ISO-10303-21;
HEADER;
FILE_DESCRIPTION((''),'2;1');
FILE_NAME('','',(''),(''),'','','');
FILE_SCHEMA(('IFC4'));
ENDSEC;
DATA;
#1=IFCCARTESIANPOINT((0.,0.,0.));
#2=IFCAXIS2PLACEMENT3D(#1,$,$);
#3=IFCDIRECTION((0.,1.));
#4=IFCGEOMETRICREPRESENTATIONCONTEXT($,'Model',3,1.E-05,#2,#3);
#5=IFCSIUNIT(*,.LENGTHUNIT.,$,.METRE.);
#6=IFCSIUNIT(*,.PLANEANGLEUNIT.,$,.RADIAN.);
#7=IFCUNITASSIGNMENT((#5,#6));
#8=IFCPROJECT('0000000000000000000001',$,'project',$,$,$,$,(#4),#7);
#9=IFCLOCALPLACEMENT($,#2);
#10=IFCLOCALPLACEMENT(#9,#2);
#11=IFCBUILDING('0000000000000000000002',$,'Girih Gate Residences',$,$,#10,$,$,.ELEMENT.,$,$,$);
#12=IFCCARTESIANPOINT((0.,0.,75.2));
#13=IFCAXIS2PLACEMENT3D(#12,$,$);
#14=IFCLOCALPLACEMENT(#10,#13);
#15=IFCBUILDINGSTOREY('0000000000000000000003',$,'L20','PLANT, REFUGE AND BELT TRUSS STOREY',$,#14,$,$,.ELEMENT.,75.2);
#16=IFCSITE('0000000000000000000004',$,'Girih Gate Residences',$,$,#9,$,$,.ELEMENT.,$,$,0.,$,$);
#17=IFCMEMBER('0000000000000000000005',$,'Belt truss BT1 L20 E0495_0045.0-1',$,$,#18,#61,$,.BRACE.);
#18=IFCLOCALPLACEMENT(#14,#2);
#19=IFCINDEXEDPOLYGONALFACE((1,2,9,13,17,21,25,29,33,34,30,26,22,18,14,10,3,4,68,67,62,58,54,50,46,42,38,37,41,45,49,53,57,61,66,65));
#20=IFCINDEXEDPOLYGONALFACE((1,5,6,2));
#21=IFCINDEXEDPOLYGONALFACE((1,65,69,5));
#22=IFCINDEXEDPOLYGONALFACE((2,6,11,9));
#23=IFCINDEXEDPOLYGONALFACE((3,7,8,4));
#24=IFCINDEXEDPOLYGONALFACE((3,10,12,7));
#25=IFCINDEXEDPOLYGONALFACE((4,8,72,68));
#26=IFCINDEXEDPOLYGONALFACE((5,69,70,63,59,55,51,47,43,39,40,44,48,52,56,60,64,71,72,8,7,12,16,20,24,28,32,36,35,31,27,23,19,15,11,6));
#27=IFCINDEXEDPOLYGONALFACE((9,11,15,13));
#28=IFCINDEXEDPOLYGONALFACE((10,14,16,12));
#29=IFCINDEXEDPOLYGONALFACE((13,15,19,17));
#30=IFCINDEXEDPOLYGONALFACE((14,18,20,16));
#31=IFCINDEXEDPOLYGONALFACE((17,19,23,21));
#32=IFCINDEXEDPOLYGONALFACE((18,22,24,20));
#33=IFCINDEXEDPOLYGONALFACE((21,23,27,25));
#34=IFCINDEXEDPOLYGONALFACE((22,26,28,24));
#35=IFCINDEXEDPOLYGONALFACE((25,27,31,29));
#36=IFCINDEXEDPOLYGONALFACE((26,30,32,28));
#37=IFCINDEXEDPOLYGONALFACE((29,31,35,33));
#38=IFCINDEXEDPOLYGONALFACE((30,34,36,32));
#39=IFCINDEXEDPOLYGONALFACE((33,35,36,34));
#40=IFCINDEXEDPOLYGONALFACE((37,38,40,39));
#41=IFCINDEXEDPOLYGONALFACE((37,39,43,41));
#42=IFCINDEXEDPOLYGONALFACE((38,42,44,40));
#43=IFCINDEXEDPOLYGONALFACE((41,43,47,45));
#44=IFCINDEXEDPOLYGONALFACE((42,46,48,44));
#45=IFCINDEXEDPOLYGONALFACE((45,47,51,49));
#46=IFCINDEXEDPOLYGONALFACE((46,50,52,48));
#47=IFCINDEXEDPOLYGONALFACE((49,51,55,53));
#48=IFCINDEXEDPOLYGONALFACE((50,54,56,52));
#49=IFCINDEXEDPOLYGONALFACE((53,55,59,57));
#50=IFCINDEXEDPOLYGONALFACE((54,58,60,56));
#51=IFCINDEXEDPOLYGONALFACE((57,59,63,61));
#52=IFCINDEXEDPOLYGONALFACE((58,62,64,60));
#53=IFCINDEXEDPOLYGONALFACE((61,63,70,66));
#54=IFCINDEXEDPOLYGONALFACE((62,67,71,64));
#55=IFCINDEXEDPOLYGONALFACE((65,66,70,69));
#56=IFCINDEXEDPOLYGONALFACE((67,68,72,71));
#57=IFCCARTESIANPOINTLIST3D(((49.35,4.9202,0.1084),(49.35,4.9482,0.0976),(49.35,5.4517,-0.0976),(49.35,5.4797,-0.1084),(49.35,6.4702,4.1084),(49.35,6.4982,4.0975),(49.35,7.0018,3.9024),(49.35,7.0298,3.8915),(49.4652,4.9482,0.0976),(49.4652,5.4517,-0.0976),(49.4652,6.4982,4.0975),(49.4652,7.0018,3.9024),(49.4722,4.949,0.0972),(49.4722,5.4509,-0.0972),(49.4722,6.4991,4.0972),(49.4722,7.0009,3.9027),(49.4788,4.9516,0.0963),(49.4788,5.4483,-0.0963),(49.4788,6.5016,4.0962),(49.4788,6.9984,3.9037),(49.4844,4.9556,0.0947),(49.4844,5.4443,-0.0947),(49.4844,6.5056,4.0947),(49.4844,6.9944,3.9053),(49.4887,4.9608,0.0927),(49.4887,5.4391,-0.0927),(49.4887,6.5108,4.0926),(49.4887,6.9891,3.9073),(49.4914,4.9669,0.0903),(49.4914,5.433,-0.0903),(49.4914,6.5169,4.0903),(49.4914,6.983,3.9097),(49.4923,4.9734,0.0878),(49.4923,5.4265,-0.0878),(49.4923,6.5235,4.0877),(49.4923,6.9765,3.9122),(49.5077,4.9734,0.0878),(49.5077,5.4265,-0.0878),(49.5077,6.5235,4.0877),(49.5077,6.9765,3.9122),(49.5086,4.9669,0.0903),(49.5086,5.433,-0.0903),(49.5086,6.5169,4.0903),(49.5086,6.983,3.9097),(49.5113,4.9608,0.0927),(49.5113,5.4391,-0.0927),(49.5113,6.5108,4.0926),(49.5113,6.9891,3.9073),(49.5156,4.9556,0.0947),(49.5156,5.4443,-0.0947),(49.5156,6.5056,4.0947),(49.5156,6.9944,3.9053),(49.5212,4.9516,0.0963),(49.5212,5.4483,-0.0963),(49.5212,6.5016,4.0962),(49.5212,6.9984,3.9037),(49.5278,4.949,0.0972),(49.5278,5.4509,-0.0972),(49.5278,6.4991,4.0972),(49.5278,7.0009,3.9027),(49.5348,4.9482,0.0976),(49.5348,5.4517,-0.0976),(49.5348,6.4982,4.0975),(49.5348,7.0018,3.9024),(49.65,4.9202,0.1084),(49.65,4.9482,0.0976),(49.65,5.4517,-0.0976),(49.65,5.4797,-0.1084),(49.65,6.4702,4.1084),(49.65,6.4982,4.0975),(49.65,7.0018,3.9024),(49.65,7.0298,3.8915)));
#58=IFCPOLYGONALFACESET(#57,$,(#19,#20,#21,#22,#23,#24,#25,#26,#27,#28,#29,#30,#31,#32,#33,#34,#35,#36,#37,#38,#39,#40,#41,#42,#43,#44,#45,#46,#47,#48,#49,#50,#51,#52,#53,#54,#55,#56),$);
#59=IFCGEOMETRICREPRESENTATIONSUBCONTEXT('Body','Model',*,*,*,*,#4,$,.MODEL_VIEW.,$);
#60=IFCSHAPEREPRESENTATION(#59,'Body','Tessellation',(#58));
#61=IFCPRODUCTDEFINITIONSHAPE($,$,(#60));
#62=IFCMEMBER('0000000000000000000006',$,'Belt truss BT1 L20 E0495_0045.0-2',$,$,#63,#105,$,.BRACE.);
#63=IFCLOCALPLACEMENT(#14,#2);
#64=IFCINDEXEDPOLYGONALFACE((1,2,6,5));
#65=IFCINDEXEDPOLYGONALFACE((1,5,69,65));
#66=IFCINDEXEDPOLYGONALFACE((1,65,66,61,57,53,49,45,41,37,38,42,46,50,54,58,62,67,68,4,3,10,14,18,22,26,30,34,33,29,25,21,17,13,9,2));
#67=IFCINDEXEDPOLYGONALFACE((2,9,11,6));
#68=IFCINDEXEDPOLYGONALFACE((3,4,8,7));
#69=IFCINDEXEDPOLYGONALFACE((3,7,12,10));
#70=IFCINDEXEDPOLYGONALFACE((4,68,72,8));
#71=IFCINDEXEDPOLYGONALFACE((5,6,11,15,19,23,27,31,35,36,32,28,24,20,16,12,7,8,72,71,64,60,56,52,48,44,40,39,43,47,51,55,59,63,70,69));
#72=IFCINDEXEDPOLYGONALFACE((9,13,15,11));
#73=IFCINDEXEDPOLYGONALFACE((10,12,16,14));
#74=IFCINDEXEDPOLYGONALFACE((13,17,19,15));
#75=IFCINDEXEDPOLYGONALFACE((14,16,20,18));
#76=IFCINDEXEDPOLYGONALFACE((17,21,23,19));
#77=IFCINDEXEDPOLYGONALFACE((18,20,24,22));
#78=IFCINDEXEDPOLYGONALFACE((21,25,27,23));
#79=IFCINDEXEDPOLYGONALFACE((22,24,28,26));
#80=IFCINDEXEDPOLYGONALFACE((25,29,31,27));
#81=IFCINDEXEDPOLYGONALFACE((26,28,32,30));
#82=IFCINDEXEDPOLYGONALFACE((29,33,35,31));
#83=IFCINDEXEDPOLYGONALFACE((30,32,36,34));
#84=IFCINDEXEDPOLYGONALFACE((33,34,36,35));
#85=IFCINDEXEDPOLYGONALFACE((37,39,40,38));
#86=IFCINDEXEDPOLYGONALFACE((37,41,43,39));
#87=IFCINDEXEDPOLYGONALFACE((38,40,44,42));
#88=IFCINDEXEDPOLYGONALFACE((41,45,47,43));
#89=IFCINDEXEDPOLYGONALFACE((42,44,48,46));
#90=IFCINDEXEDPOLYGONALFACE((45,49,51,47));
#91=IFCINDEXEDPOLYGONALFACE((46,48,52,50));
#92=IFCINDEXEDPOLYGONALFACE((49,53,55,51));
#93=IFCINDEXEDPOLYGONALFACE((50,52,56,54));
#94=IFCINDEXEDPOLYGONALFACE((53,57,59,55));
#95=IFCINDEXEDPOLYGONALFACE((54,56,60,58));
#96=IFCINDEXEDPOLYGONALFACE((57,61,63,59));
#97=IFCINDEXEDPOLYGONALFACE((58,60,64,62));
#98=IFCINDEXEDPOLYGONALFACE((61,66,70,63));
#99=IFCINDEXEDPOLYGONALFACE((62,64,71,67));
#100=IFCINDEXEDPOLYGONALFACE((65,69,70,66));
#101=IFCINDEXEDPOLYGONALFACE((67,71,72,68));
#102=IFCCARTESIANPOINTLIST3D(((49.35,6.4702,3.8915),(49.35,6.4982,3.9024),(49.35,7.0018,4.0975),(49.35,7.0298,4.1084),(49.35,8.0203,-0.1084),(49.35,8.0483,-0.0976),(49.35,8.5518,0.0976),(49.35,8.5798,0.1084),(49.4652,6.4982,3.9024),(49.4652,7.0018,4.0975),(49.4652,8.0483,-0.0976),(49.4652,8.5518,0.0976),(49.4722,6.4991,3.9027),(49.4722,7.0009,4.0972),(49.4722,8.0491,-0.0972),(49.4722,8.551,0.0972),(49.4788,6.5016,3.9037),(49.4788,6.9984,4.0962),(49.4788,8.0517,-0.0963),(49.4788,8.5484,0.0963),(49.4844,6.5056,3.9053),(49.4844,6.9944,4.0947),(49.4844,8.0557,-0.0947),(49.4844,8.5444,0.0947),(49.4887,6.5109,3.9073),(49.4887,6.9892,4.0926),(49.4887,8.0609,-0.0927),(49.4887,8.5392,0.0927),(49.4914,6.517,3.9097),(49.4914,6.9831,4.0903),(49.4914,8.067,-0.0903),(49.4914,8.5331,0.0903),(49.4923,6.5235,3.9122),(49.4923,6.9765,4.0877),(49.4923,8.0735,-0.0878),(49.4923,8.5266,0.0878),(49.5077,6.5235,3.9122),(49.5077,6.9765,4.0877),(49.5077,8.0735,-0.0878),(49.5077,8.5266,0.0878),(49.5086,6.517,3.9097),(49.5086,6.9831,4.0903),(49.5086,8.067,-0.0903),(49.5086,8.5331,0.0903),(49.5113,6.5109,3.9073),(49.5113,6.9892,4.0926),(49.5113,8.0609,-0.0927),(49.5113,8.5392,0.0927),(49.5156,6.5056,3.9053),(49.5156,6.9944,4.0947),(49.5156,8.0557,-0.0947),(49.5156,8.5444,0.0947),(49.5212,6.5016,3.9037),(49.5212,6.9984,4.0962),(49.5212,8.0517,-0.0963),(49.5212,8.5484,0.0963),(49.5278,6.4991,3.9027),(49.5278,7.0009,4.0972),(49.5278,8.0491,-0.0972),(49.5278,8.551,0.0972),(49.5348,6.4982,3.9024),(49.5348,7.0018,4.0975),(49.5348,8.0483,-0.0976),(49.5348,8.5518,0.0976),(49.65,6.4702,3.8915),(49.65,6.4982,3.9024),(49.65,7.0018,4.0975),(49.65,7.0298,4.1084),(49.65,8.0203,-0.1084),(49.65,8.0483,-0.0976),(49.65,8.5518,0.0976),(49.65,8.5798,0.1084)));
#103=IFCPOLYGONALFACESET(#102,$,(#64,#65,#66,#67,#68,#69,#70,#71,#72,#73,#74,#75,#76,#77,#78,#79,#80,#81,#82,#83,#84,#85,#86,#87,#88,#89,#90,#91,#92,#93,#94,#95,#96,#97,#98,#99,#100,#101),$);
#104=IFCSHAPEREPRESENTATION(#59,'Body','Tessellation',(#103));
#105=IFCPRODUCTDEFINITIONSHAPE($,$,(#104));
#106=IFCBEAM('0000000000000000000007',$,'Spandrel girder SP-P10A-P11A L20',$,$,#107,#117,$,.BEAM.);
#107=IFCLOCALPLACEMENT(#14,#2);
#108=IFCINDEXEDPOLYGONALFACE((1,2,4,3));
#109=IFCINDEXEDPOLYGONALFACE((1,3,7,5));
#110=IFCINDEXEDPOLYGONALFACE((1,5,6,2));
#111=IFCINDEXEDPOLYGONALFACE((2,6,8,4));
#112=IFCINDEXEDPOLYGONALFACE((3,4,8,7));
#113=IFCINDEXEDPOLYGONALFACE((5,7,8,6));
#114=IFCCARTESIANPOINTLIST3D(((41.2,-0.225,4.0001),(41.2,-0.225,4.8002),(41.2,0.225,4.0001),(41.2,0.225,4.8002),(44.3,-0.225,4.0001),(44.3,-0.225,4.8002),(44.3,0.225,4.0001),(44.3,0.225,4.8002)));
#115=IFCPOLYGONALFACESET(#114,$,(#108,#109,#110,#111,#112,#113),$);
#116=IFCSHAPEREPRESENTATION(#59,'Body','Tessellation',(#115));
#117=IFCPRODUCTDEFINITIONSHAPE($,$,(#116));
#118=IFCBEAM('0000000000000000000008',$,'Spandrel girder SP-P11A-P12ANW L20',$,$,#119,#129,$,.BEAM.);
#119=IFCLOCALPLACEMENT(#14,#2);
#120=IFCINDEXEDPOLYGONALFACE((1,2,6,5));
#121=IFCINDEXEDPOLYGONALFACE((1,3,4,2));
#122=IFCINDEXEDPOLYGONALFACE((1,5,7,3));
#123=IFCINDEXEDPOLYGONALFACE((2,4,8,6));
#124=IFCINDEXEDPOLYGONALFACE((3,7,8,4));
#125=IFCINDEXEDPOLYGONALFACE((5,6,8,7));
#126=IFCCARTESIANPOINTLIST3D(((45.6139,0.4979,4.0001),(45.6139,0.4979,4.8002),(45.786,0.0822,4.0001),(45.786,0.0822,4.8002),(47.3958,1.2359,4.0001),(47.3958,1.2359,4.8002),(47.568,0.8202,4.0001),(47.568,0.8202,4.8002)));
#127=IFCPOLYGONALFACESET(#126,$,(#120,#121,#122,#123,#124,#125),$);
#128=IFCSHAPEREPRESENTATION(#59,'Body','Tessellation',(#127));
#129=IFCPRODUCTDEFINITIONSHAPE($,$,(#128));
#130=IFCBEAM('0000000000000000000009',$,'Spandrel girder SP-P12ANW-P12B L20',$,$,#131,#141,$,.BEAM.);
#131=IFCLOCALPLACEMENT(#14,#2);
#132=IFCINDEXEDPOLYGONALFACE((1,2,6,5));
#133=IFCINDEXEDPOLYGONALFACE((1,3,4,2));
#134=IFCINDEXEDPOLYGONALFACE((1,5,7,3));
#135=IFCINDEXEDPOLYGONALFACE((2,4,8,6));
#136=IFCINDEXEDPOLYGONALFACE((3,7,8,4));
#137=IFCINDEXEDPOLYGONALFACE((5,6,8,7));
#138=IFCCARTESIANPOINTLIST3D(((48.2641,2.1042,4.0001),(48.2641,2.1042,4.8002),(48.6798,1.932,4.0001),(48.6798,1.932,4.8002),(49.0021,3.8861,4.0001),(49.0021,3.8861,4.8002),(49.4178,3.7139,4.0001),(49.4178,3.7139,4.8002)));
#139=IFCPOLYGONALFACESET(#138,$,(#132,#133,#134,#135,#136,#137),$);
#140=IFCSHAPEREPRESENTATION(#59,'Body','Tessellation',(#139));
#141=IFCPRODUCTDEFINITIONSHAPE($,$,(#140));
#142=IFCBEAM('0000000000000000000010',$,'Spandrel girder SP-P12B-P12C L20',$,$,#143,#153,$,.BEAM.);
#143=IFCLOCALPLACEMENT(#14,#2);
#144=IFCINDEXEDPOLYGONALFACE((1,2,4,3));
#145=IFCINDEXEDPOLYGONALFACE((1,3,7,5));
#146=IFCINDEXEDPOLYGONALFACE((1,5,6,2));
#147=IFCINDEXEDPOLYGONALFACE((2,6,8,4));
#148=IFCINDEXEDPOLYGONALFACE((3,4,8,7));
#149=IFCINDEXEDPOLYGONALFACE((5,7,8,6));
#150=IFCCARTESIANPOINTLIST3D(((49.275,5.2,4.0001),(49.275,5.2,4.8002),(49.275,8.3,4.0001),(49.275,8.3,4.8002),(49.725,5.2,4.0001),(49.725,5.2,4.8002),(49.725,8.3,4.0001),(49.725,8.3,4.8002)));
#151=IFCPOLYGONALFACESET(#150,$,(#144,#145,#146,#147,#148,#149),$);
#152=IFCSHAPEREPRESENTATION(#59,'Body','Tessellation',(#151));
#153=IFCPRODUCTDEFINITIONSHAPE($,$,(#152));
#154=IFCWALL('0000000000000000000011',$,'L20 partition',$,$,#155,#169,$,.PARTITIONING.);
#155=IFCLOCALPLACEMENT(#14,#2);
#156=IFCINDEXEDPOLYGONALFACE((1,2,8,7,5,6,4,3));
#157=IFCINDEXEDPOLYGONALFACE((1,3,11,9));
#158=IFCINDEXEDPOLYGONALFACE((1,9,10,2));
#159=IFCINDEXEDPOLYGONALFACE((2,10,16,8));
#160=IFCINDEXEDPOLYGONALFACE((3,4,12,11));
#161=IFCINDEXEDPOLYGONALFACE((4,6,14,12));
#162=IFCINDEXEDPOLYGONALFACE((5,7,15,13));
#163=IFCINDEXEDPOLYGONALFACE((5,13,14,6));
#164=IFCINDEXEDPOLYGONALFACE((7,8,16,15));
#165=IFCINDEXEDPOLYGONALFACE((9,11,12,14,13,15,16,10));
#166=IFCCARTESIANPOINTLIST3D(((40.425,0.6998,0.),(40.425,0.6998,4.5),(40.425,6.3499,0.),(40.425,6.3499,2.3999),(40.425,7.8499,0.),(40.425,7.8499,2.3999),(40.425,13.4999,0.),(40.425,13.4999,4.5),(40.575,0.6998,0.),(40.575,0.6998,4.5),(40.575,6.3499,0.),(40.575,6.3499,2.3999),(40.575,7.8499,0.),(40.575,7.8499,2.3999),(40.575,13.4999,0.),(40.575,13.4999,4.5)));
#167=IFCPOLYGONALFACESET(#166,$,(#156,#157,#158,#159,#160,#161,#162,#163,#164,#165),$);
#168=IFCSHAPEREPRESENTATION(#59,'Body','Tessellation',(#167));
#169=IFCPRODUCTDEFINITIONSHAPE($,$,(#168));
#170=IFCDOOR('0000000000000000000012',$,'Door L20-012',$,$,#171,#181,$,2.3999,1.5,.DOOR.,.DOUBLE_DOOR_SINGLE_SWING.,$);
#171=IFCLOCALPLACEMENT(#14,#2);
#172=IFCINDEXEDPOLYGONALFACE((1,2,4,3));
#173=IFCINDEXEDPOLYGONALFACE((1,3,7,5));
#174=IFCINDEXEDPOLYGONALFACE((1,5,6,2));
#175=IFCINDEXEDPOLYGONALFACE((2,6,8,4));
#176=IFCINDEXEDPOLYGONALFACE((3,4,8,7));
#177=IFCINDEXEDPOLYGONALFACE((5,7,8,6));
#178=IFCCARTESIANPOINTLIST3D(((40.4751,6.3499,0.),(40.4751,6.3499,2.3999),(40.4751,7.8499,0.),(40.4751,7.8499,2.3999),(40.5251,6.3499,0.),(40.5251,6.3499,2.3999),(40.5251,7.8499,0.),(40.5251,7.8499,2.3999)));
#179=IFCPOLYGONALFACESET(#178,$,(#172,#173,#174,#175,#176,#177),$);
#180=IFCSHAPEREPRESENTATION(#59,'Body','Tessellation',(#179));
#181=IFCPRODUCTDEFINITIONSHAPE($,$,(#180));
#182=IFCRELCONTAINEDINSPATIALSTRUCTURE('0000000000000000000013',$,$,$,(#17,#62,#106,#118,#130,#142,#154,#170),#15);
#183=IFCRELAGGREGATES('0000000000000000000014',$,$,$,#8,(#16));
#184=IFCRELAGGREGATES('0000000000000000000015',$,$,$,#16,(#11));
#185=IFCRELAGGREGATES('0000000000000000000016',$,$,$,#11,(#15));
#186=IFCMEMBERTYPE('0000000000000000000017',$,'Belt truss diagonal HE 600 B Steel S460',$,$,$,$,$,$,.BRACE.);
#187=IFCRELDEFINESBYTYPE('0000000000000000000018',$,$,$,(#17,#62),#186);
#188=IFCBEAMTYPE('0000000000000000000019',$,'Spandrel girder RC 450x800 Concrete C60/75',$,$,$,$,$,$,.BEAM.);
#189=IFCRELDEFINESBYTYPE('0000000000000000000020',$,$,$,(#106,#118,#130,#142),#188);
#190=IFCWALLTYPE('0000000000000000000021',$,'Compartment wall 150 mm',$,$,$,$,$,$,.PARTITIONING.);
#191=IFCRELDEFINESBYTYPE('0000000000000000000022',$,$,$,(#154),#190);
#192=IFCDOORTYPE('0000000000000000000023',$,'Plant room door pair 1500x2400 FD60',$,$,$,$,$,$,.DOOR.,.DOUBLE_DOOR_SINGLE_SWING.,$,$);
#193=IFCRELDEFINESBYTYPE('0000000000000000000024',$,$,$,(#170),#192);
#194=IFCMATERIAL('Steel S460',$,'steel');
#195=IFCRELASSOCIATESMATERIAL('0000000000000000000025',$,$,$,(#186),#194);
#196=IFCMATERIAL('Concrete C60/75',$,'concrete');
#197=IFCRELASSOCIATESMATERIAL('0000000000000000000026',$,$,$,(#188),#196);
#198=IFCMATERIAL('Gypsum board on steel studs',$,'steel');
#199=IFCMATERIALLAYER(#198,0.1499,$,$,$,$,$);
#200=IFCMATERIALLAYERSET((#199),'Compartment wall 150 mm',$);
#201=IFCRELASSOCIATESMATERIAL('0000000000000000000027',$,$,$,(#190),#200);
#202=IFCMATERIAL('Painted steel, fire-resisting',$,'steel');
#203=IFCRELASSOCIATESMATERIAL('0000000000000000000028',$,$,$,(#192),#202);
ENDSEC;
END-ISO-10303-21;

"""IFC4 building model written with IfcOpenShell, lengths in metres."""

from ifc_helpers import new_model, si_unit, direction, frame, frame_2d, origin, origin_2d, place, context, subcontext, project, spatial, rectangle, i_section, extrude, material, layer, layer_set, material_profile, profile_set, type_object, element, fill, save


model = new_model("IFC4")

# Units and contexts
model_context = context("Model", 3, precision=1e-05, world=origin(), true_north=direction((0.0, 1.0)))
body_context = subcontext(model_context, "Body", "Model", "MODEL_VIEW")
ifc_project = project(units=[si_unit("LENGTHUNIT", "METRE"), si_unit("PLANEANGLEUNIT", "RADIAN")], contexts=[model_context])

# Site, building, storey
site_placement = place(None, origin())
site = spatial("IfcSite", under=ifc_project, at=site_placement, Name="Girih Gate Residences", CompositionType="ELEMENT", RefElevation=0.0)
building_placement = place(site_placement, origin())
building = spatial("IfcBuilding", under=site, at=building_placement, Name="Girih Gate Residences", CompositionType="ELEMENT")
storey_placement = place(building_placement, frame((0.0, 0.0, 75.2)))
storey = spatial("IfcBuildingStorey", under=building, at=storey_placement, Name="L20", Description="PLANT, REFUGE AND BELT TRUSS STOREY", CompositionType="ELEMENT", Elevation=75.2)

# Members
ifc_material_1 = material(Name="Steel S460", Category="steel")
ifc_material_profile_1 = material_profile(ifc_material_1, i_section(OverallWidth=0.3, OverallDepth=0.6001, WebThickness=0.0154, FlangeThickness=0.03, FilletRadius=0.0271, at=origin_2d()))
ifc_profile_set_1 = profile_set([ifc_material_profile_1], Name="Steel S460")
member_type_1 = type_object("IfcMemberType", Name="Belt truss diagonal HE 600 B Steel S460", PredefinedType="BRACE", material=ifc_profile_set_1)
for number, where, z_axis, x_axis, name in (
    (1, (49.5, 5.2, 0.0), (0.0, 0.361331, 0.932438), (-1.0, 0.0, 0.0), "Belt truss BT1 L20 E0495_0045.0-1"),
    (2, (49.5, 8.3, 0.0), (0.0, -0.361331, 0.932438), (1.0, 0.0, 0.0), "Belt truss BT1 L20 E0495_0045.0-2"),
):
    element("IfcMember", number, at=place(storey_placement, frame(where, z_axis=z_axis, x_axis=x_axis)), inside=storey, type_object=member_type_1, Name=name, PredefinedType="BRACE", context=body_context, shape_type="SweptSolid", body=[
        extrude(i_section(OverallWidth=0.3, OverallDepth=0.6001, WebThickness=0.0154, FlangeThickness=0.03, FilletRadius=0.0271, at=origin_2d()), origin(), (0.0, 0.0, 1.0), 4.2898),
    ])

# Beams
ifc_material_2 = material(Name="Concrete C60/75", Category="concrete")
ifc_material_profile_2 = material_profile(ifc_material_2, rectangle(XDim=0.45, YDim=0.8, at=origin_2d()))
ifc_profile_set_2 = profile_set([ifc_material_profile_2], Name="Concrete C60/75")
beam_type = type_object("IfcBeamType", Name="Spandrel girder RC 450x800 Concrete C60/75", PredefinedType="BEAM", material=ifc_profile_set_2)
beam_1_placement = place(storey_placement, frame((41.2, 0.0, 4.4001), z_axis=(1.0, 0.0, 0.0), x_axis=(0.0, 1.0, 0.0)))
element("IfcBeam", 3, at=beam_1_placement, inside=storey, type_object=beam_type, Name="Spandrel girder SP-P10A-P11A L20", PredefinedType="BEAM", context=body_context, shape_type="SweptSolid", body=[
    extrude(rectangle(XDim=0.45, YDim=0.8, at=origin_2d()), origin(), (0.0, 0.0, 1.0), 3.1001),
])
for number, where, z_axis, x_axis, name in (
    (4, (45.7, 0.29, 4.4001), (0.923895, 0.382646, 0.0), (-0.382646, 0.923895, 0.0), "Spandrel girder SP-P11A-P12ANW L20"),
    (5, (48.4719, 2.0181, 4.4001), (0.382646, 0.923895, 0.0), (-0.923895, 0.382646, 0.0), "Spandrel girder SP-P12ANW-P12B L20"),
):
    element("IfcBeam", number, at=place(storey_placement, frame(where, z_axis=z_axis, x_axis=x_axis)), inside=storey, type_object=beam_type, Name=name, PredefinedType="BEAM", context=body_context, shape_type="SweptSolid", body=[
        extrude(rectangle(XDim=0.45, YDim=0.8, at=origin_2d()), origin(), (0.0, 0.0, 1.0), 1.9287),
    ])
beam_2_placement = place(storey_placement, frame((49.5, 5.2, 4.4001), z_axis=(0.0, 1.0, 0.0), x_axis=(-1.0, 0.0, 0.0)))
element("IfcBeam", 6, at=beam_2_placement, inside=storey, type_object=beam_type, Name="Spandrel girder SP-P12B-P12C L20", PredefinedType="BEAM", context=body_context, shape_type="SweptSolid", body=[
    extrude(rectangle(XDim=0.45, YDim=0.8, at=origin_2d()), origin(), (0.0, 0.0, 1.0), 3.1001),
])

# Wall, opening, door
ifc_material_3 = material(Name="Gypsum board on steel studs", Category="steel")
ifc_layer_1 = layer(ifc_material_3, 0.1499)
ifc_layer_set_1 = layer_set([ifc_layer_1], Name="Compartment wall 150 mm")
wall_type_1 = type_object("IfcWallType", Name="Compartment wall 150 mm", PredefinedType="PARTITIONING", material=ifc_layer_set_1)
wall_1_placement = place(storey_placement, frame((40.5, 0.7, 0.0), z_axis=(0.0, 0.0, 1.0), x_axis=(0.0, 1.0, 0.0)))
wall_1 = element("IfcWall", 7, at=wall_1_placement, inside=storey, type_object=wall_type_1, Name="L20 partition", PredefinedType="PARTITIONING", context=body_context, shape_type="SweptSolid", body=[
    extrude(rectangle(XDim=12.8, YDim=0.1499, at=frame_2d((6.3999, 0.0))), origin(), (0.0, 0.0, 1.0), 4.5),
])
opening_1_placement = place(wall_1_placement, frame((5.6499, 0.0, 0.0)))
opening_1 = element("IfcOpeningElement", 8, at=opening_1_placement, cuts=wall_1, PredefinedType="OPENING", context=body_context, shape_type="SweptSolid", body=[
    extrude(rectangle(XDim=1.5, YDim=2.3999, at=frame_2d((0.75, 1.2))), frame((0.0, 0.085, 0.0), z_axis=(0.0, -1.0, 0.0), x_axis=(1.0, 0.0, 0.0)), (0.0, 0.0, 1.0), 0.1699),
])
ifc_material_4 = material(Name="Painted steel, fire-resisting", Category="steel")
door_type_1 = type_object("IfcDoorType", Name="Plant room door pair 1500x2400 FD60", OperationType="DOUBLE_DOOR_SINGLE_SWING", PredefinedType="DOOR", material=ifc_material_4)
door_1_placement = place(opening_1_placement, origin())
door_1 = element("IfcDoor", 9, at=door_1_placement, inside=storey, type_object=door_type_1, Name="Door L20-012", OperationType="DOUBLE_DOOR_SINGLE_SWING", OverallHeight=2.3999, OverallWidth=1.5, PredefinedType="DOOR", context=body_context, shape_type="SweptSolid", body=[
    extrude(rectangle(XDim=1.5, YDim=2.3999, at=frame_2d((0.75, 1.2))), frame((0.0, 0.0249, 0.0), z_axis=(0.0, -1.0, 0.0), x_axis=(1.0, 0.0, 0.0)), (0.0, 0.0, 1.0), 0.05),
])
fill(opening_1, door_1)

save(model, "model.ifc")
